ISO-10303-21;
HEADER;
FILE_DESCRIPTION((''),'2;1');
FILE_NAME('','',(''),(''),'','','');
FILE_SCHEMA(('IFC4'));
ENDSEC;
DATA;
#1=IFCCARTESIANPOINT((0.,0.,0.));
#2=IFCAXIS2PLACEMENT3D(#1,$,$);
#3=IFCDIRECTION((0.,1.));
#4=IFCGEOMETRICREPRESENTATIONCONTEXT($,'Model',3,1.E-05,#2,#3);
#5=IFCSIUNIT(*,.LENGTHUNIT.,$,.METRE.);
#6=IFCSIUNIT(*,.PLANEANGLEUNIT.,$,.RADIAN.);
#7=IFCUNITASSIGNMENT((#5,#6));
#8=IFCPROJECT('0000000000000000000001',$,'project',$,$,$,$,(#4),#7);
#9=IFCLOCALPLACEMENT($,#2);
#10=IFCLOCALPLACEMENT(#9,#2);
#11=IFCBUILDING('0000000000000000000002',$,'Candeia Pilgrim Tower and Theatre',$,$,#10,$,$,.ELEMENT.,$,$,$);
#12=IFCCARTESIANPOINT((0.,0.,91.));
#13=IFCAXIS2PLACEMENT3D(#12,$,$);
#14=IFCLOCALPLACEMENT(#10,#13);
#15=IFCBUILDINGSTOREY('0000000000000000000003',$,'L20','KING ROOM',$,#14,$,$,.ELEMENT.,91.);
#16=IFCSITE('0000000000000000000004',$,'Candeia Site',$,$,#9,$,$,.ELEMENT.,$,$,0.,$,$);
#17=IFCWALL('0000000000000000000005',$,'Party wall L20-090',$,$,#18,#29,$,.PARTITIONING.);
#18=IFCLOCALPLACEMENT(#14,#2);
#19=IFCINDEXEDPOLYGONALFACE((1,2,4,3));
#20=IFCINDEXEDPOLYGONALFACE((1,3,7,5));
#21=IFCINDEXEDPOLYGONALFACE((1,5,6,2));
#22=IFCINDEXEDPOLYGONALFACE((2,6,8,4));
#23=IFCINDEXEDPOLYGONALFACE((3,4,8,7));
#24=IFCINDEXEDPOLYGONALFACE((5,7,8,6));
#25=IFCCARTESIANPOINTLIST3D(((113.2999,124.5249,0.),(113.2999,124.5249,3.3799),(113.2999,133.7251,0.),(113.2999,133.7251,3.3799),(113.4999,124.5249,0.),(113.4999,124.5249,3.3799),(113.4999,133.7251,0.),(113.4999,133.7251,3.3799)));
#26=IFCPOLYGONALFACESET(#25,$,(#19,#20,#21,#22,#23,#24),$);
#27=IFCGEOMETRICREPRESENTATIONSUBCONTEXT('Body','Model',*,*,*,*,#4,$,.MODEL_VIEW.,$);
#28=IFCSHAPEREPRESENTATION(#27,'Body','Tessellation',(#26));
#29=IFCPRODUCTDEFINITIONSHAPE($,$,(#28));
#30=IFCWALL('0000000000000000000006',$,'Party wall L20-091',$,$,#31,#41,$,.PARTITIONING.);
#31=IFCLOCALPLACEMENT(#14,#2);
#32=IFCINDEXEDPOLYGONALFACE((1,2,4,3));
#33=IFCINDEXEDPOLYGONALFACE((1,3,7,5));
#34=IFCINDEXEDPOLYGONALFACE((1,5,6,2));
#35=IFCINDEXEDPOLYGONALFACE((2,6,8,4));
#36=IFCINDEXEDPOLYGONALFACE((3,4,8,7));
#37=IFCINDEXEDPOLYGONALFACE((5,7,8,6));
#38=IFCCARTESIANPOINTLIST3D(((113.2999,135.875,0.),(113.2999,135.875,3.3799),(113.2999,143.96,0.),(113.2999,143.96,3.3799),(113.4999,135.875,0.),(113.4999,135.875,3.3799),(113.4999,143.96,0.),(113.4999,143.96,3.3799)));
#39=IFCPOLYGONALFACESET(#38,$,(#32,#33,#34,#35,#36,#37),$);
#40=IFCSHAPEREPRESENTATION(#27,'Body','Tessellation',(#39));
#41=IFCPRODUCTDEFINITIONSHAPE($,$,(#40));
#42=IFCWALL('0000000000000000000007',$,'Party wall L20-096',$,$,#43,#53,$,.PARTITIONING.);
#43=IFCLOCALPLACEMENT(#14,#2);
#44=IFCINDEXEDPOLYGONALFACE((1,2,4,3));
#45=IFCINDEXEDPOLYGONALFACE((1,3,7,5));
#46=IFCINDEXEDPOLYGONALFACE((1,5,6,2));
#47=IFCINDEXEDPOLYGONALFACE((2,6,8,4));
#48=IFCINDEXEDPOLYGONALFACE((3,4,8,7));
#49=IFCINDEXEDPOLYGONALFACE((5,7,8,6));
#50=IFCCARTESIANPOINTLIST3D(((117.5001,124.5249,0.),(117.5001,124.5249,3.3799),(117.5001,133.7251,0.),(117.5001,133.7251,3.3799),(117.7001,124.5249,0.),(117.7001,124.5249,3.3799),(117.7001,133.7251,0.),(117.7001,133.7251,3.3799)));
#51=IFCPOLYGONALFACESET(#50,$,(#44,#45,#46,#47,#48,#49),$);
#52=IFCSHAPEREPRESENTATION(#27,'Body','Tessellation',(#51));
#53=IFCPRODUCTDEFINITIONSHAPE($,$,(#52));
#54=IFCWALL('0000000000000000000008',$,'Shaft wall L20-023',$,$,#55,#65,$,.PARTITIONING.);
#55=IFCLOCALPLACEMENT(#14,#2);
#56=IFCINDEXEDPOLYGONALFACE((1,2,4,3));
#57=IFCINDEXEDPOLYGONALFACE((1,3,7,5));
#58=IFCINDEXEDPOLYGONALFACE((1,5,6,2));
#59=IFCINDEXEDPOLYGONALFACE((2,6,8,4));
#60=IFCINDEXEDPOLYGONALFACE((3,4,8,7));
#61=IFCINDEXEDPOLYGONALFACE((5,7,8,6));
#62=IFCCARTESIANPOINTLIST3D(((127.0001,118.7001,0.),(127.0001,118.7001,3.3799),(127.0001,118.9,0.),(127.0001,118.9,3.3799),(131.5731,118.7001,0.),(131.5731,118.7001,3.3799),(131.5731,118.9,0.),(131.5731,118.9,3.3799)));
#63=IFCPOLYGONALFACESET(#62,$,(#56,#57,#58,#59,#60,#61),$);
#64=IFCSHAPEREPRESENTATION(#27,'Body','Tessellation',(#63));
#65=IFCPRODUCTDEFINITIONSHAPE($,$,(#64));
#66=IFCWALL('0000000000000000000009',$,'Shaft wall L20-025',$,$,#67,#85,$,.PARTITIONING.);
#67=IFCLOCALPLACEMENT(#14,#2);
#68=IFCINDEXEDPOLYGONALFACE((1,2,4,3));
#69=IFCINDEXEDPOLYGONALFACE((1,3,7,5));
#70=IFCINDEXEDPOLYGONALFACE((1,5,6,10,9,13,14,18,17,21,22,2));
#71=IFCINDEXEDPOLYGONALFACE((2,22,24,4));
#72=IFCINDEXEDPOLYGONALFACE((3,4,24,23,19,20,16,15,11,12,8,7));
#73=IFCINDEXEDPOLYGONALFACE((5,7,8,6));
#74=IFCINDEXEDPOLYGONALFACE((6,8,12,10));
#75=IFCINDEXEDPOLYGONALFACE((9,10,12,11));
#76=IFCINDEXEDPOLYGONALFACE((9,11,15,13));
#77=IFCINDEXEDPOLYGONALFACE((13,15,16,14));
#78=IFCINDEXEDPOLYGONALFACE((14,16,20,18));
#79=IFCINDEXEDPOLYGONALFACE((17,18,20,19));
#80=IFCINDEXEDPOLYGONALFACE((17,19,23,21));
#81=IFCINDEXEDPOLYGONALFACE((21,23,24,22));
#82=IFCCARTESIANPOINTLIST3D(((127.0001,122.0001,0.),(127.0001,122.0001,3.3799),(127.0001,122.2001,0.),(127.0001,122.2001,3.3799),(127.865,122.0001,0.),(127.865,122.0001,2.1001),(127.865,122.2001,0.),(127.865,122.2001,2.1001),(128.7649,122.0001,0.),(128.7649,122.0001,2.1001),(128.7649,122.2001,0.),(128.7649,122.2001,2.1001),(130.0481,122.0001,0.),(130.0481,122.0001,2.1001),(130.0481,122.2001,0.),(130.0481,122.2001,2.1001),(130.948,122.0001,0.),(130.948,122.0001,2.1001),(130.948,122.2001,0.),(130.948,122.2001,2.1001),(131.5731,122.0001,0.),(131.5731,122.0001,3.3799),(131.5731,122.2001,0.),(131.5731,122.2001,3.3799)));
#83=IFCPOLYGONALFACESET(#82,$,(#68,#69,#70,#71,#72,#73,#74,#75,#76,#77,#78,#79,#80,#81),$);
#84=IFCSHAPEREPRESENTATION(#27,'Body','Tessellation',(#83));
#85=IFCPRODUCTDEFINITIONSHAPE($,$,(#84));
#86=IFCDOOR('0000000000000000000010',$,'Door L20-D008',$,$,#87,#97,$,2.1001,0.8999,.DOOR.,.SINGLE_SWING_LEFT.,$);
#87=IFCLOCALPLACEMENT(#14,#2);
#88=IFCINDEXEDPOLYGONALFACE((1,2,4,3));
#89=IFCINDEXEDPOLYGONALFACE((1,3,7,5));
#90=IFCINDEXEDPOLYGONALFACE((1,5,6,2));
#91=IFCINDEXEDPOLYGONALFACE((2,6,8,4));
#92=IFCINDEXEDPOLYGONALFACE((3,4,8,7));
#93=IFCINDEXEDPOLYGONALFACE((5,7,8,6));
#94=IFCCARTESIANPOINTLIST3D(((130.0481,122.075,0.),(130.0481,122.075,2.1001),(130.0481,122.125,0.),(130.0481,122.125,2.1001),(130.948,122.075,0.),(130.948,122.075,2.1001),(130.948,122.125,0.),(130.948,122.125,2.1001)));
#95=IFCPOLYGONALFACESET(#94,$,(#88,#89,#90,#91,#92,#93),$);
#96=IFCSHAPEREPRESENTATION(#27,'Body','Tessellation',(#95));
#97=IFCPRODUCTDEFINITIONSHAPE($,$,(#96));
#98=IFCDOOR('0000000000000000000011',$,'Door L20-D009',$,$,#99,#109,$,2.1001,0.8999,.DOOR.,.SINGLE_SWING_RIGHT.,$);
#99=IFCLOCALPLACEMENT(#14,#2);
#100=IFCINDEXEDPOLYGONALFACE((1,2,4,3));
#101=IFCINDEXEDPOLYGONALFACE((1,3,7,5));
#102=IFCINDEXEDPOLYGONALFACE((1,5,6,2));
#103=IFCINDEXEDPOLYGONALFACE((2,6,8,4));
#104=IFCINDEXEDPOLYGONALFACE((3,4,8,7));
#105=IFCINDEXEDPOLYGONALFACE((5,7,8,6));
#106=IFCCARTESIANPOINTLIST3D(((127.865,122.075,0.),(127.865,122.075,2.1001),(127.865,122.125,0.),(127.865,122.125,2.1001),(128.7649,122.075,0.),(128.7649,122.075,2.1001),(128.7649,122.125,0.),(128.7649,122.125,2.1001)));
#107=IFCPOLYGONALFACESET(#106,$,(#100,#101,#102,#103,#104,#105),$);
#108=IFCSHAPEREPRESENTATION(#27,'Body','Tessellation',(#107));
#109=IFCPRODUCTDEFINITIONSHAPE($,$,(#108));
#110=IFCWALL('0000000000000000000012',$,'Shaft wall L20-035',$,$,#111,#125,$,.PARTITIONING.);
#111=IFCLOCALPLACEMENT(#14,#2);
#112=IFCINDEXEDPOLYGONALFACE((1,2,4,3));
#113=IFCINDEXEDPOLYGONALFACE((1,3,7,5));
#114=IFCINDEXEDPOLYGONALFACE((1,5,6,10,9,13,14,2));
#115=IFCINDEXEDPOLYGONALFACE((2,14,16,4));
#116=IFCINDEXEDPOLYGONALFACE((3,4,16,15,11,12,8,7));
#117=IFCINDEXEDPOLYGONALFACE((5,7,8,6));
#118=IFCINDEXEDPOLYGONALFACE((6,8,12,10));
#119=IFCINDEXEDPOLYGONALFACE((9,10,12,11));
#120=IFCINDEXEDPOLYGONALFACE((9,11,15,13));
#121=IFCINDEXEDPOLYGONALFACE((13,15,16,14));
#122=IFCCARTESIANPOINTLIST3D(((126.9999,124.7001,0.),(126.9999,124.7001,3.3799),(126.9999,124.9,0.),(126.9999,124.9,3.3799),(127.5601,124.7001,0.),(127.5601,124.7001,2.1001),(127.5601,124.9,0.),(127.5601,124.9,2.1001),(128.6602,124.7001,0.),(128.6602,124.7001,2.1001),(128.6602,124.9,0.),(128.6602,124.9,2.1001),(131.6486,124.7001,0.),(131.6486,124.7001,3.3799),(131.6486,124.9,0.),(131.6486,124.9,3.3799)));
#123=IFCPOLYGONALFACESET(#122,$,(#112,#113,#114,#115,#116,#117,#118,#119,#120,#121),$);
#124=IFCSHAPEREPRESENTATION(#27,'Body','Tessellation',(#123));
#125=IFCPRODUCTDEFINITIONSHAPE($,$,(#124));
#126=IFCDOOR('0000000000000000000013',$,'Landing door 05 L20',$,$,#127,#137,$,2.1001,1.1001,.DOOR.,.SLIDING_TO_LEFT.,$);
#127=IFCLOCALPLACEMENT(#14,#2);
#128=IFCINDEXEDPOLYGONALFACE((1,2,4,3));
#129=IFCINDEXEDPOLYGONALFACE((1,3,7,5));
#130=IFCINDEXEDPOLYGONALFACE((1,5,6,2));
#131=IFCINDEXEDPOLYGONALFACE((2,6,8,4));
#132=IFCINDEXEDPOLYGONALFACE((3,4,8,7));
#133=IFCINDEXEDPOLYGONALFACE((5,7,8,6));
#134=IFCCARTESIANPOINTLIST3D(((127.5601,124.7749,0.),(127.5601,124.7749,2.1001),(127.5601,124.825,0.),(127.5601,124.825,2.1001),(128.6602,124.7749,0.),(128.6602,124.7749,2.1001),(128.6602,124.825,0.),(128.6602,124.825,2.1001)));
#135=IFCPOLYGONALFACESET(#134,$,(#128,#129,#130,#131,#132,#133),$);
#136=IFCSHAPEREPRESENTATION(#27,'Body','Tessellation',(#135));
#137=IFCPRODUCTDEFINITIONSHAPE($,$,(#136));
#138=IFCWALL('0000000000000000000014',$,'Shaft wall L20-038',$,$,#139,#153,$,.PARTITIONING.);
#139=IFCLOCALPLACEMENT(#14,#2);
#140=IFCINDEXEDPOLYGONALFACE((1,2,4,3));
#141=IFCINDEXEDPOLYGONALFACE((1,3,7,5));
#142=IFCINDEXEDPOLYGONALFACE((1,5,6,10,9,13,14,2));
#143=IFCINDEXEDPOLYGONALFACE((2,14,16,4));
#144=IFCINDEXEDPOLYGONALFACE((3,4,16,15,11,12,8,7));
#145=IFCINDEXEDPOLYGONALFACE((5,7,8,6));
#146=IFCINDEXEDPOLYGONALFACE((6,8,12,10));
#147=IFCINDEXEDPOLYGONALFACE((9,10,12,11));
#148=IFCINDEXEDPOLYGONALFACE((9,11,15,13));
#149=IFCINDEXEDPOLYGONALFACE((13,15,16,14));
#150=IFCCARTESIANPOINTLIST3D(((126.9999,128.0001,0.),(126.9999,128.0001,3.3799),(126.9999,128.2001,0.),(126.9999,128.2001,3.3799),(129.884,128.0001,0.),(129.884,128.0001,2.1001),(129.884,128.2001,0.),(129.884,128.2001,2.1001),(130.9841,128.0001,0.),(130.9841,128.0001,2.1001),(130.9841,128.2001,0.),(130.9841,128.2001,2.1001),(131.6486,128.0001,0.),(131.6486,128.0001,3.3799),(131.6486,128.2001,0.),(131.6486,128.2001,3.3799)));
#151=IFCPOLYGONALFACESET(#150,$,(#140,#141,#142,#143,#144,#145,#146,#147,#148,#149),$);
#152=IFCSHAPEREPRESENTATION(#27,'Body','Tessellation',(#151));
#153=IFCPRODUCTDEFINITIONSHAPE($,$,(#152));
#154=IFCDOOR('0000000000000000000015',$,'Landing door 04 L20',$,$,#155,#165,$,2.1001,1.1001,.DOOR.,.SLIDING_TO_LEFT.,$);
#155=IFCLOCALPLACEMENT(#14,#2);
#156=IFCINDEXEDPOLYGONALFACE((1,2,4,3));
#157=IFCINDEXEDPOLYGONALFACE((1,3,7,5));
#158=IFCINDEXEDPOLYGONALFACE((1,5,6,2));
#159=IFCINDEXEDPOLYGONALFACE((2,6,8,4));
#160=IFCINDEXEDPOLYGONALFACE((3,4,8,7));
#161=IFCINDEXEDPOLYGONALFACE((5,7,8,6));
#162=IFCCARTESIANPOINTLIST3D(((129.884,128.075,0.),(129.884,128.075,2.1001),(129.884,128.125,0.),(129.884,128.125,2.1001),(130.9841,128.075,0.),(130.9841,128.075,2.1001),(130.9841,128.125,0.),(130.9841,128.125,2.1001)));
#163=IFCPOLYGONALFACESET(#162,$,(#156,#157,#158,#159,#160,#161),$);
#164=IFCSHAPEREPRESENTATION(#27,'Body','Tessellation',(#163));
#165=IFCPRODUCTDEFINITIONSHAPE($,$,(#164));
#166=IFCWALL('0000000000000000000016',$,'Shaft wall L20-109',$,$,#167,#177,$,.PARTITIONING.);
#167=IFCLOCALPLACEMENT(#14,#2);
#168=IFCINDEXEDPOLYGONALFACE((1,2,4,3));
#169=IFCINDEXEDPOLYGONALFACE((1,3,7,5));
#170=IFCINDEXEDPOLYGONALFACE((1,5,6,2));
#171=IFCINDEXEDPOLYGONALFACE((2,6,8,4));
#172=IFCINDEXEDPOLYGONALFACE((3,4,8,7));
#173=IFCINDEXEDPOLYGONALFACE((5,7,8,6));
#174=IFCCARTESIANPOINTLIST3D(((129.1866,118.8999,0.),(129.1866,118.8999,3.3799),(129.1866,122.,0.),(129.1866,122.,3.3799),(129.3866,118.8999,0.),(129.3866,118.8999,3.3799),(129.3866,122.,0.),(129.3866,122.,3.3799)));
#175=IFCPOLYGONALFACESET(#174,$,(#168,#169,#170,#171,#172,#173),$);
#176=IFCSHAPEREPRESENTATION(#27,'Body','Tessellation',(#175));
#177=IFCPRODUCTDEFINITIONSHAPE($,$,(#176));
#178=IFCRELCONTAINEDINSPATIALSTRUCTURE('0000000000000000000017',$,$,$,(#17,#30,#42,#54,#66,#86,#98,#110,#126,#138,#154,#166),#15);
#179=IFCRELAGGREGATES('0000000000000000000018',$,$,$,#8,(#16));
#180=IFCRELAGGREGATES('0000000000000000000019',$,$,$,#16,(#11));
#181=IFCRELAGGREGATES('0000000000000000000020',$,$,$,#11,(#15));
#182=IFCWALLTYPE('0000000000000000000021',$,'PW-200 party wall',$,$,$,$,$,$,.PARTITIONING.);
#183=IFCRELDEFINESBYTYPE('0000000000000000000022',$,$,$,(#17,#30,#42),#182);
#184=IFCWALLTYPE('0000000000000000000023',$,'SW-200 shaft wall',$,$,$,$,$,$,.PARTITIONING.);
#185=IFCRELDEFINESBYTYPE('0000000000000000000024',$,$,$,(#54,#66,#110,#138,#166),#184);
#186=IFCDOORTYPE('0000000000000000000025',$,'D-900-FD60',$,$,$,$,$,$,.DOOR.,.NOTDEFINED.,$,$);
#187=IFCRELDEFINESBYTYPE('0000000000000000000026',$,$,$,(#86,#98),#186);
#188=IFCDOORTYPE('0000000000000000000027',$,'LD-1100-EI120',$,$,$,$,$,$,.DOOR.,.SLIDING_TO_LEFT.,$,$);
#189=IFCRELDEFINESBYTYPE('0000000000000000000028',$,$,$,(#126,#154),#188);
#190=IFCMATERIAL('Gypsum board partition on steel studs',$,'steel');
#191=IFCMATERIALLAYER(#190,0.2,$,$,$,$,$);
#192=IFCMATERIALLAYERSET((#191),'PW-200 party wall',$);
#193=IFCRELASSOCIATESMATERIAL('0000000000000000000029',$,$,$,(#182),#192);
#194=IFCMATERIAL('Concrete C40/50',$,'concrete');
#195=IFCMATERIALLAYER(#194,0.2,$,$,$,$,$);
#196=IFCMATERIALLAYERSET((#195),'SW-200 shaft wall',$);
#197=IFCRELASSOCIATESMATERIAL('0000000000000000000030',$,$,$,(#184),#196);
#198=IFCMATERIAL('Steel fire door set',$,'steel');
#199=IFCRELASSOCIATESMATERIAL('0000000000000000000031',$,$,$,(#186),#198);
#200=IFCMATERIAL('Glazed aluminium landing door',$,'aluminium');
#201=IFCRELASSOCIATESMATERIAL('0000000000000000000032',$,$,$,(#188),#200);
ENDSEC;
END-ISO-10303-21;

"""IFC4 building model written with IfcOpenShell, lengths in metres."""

from ifc_helpers import new_model, si_unit, direction, frame, frame_2d, origin, place, context, subcontext, project, spatial, rectangle, extrude, material, layer, layer_set, type_object, element, fill, save


model = new_model("IFC4")

# Units and contexts
model_context = context("Model", 3, precision=1e-05, world=origin(), true_north=direction((0.0, 1.0)))
body_context = subcontext(model_context, "Body", "Model", "MODEL_VIEW")
ifc_project = project(units=[si_unit("LENGTHUNIT", "METRE"), si_unit("PLANEANGLEUNIT", "RADIAN")], contexts=[model_context])

# Site, building, storey
site_placement = place(None, origin())
site = spatial("IfcSite", under=ifc_project, at=site_placement, Name="Candeia Site", CompositionType="ELEMENT", RefElevation=0.0)
building_placement = place(site_placement, origin())
building = spatial("IfcBuilding", under=site, at=building_placement, Name="Candeia Pilgrim Tower and Theatre", CompositionType="ELEMENT")
storey_placement = place(building_placement, frame((0.0, 0.0, 91.0)))
storey = spatial("IfcBuildingStorey", under=building, at=storey_placement, Name="L20", Description="KING ROOM", CompositionType="ELEMENT", Elevation=91.0)

# Shared definitions
ifc_material_1 = material(Name="Steel fire door set", Category="steel")

# Shared definitions
ifc_material_2 = material(Name="Gypsum board partition on steel studs", Category="steel")

# Walls
ifc_layer_1 = layer(ifc_material_2, 0.2)
ifc_layer_set_1 = layer_set([ifc_layer_1], Name="PW-200 party wall")
wall_type_1 = type_object("IfcWallType", Name="PW-200 party wall", PredefinedType="PARTITIONING", material=ifc_layer_set_1)
wall_1_placement = place(storey_placement, frame((113.3999, 124.5249, 0.0), z_axis=(0.0, 0.0, 1.0), x_axis=(0.0, 1.0, 0.0)))
element("IfcWall", 1, at=wall_1_placement, inside=storey, type_object=wall_type_1, Name="Party wall L20-090", PredefinedType="PARTITIONING", context=body_context, shape_type="SweptSolid", body=[
    extrude(rectangle(XDim=9.2002, YDim=0.2, at=frame_2d((4.6001, 0.0))), origin(), (0.0, 0.0, 1.0), 3.3799),
])
wall_2_placement = place(storey_placement, frame((113.3999, 135.875, 0.0), z_axis=(0.0, 0.0, 1.0), x_axis=(0.0, 1.0, 0.0)))
element("IfcWall", 2, at=wall_2_placement, inside=storey, type_object=wall_type_1, Name="Party wall L20-091", PredefinedType="PARTITIONING", context=body_context, shape_type="SweptSolid", body=[
    extrude(rectangle(XDim=8.085, YDim=0.2, at=frame_2d((4.0425, 0.0))), origin(), (0.0, 0.0, 1.0), 3.3799),
])
wall_3_placement = place(storey_placement, frame((117.6001, 124.5249, 0.0), z_axis=(0.0, 0.0, 1.0), x_axis=(0.0, 1.0, 0.0)))
element("IfcWall", 3, at=wall_3_placement, inside=storey, type_object=wall_type_1, Name="Party wall L20-096", PredefinedType="PARTITIONING", context=body_context, shape_type="SweptSolid", body=[
    extrude(rectangle(XDim=9.2002, YDim=0.2, at=frame_2d((4.6001, 0.0))), origin(), (0.0, 0.0, 1.0), 3.3799),
])
ifc_material_3 = material(Name="Concrete C40/50", Category="concrete")
ifc_layer_2 = layer(ifc_material_3, 0.2)
ifc_layer_set_2 = layer_set([ifc_layer_2], Name="SW-200 shaft wall")
wall_type_2 = type_object("IfcWallType", Name="SW-200 shaft wall", PredefinedType="PARTITIONING", material=ifc_layer_set_2)
wall_4_placement = place(storey_placement, frame((127.0, 118.8, 0.0), z_axis=(0.0, 0.0, 1.0), x_axis=(1.0, 0.0, 0.0)))
element("IfcWall", 4, at=wall_4_placement, inside=storey, type_object=wall_type_2, Name="Shaft wall L20-023", PredefinedType="PARTITIONING", context=body_context, shape_type="SweptSolid", body=[
    extrude(rectangle(XDim=4.573, YDim=0.2, at=frame_2d((2.2866, 0.0))), origin(), (0.0, 0.0, 1.0), 3.3799),
])

# Wall, openings, doors
wall_5_placement = place(storey_placement, frame((127.0, 122.1001, 0.0), z_axis=(0.0, 0.0, 1.0), x_axis=(1.0, 0.0, 0.0)))
wall_5 = element("IfcWall", 5, at=wall_5_placement, inside=storey, type_object=wall_type_2, Name="Shaft wall L20-025", PredefinedType="PARTITIONING", context=body_context, shape_type="SweptSolid", body=[
    extrude(rectangle(XDim=4.573, YDim=0.2, at=frame_2d((2.2866, 0.0))), origin(), (0.0, 0.0, 1.0), 3.3799),
])
opening_1_placement = place(wall_5_placement, frame((3.0481, 0.0, 0.0)))
opening_1 = element("IfcOpeningElement", 6, at=opening_1_placement, cuts=wall_5, PredefinedType="OPENING", context=body_context, shape_type="SweptSolid", body=[
    extrude(rectangle(XDim=0.8999, YDim=2.1001, at=frame_2d((0.45, 1.05))), frame((0.0, 0.1099, 0.0), z_axis=(0.0, -1.0, 0.0), x_axis=(1.0, 0.0, 0.0)), (0.0, 0.0, 1.0), 0.22),
])
opening_2_placement = place(wall_5_placement, frame((0.865, 0.0, 0.0)))
opening_2 = element("IfcOpeningElement", 7, at=opening_2_placement, cuts=wall_5, PredefinedType="OPENING", context=body_context, shape_type="SweptSolid", body=[
    extrude(rectangle(XDim=0.8999, YDim=2.1001, at=frame_2d((0.45, 1.05))), frame((0.0, 0.1099, 0.0), z_axis=(0.0, -1.0, 0.0), x_axis=(1.0, 0.0, 0.0)), (0.0, 0.0, 1.0), 0.22),
])
door_type_1 = type_object("IfcDoorType", Name="D-900-FD60", OperationType="NOTDEFINED", PredefinedType="DOOR", material=ifc_material_1)
door_1_placement = place(opening_1_placement, origin())
door_1 = element("IfcDoor", 8, at=door_1_placement, inside=storey, type_object=door_type_1, Name="Door L20-D008", OperationType="SINGLE_SWING_LEFT", OverallHeight=2.1001, OverallWidth=0.8999, PredefinedType="DOOR", context=body_context, shape_type="SweptSolid", body=[
    extrude(rectangle(XDim=0.8999, YDim=2.1001, at=frame_2d((0.45, 1.05))), frame((0.0, 0.0249, 0.0), z_axis=(0.0, -1.0, 0.0), x_axis=(1.0, 0.0, 0.0)), (0.0, 0.0, 1.0), 0.05),
])
fill(opening_1, door_1)
door_2_placement = place(opening_2_placement, origin())
door_2 = element("IfcDoor", 9, at=door_2_placement, inside=storey, type_object=door_type_1, Name="Door L20-D009", OperationType="SINGLE_SWING_RIGHT", OverallHeight=2.1001, OverallWidth=0.8999, PredefinedType="DOOR", context=body_context, shape_type="SweptSolid", body=[
    extrude(rectangle(XDim=0.8999, YDim=2.1001, at=frame_2d((0.45, 1.05))), frame((0.0, 0.0249, 0.0), z_axis=(0.0, -1.0, 0.0), x_axis=(1.0, 0.0, 0.0)), (0.0, 0.0, 1.0), 0.05),
])
fill(opening_2, door_2)

# Walls, openings, doors
wall_6_placement = place(storey_placement, frame((127.0, 124.8, 0.0), z_axis=(0.0, 0.0, 1.0), x_axis=(1.0, 0.0, 0.0)))
wall_6 = element("IfcWall", 10, at=wall_6_placement, inside=storey, type_object=wall_type_2, Name="Shaft wall L20-035", PredefinedType="PARTITIONING", context=body_context, shape_type="SweptSolid", body=[
    extrude(rectangle(XDim=4.6487, YDim=0.2, at=frame_2d((2.3242, 0.0))), origin(), (0.0, 0.0, 1.0), 3.3799),
])
opening_3_placement = place(wall_6_placement, frame((0.5601, 0.0, 0.0)))
opening_3 = element("IfcOpeningElement", 11, at=opening_3_placement, cuts=wall_6, PredefinedType="OPENING", context=body_context, shape_type="SweptSolid", body=[
    extrude(rectangle(XDim=1.1001, YDim=2.1001, at=frame_2d((0.55, 1.05))), frame((0.0, 0.1099, 0.0), z_axis=(0.0, -1.0, 0.0), x_axis=(1.0, 0.0, 0.0)), (0.0, 0.0, 1.0), 0.22),
])
ifc_material_4 = material(Name="Glazed aluminium landing door", Category="aluminium")
door_type_2 = type_object("IfcDoorType", Name="LD-1100-EI120", OperationType="SLIDING_TO_LEFT", PredefinedType="DOOR", material=ifc_material_4)
door_3_placement = place(opening_3_placement, origin())
door_3 = element("IfcDoor", 12, at=door_3_placement, inside=storey, type_object=door_type_2, Name="Landing door 05 L20", OperationType="SLIDING_TO_LEFT", OverallHeight=2.1001, OverallWidth=1.1001, PredefinedType="DOOR", context=body_context, shape_type="SweptSolid", body=[
    extrude(rectangle(XDim=1.1001, YDim=2.1001, at=frame_2d((0.55, 1.05))), frame((0.0, 0.0249, 0.0), z_axis=(0.0, -1.0, 0.0), x_axis=(1.0, 0.0, 0.0)), (0.0, 0.0, 1.0), 0.05),
])
fill(opening_3, door_3)
wall_7_placement = place(storey_placement, frame((127.0, 128.1001, 0.0), z_axis=(0.0, 0.0, 1.0), x_axis=(1.0, 0.0, 0.0)))
wall_7 = element("IfcWall", 13, at=wall_7_placement, inside=storey, type_object=wall_type_2, Name="Shaft wall L20-038", PredefinedType="PARTITIONING", context=body_context, shape_type="SweptSolid", body=[
    extrude(rectangle(XDim=4.6487, YDim=0.2, at=frame_2d((2.3242, 0.0))), origin(), (0.0, 0.0, 1.0), 3.3799),
])
opening_4_placement = place(wall_7_placement, frame((2.884, 0.0, 0.0)))
opening_4 = element("IfcOpeningElement", 14, at=opening_4_placement, cuts=wall_7, PredefinedType="OPENING", context=body_context, shape_type="SweptSolid", body=[
    extrude(rectangle(XDim=1.1001, YDim=2.1001, at=frame_2d((0.55, 1.05))), frame((0.0, 0.1099, 0.0), z_axis=(0.0, -1.0, 0.0), x_axis=(1.0, 0.0, 0.0)), (0.0, 0.0, 1.0), 0.22),
])
door_4_placement = place(opening_4_placement, origin())
door_4 = element("IfcDoor", 15, at=door_4_placement, inside=storey, type_object=door_type_2, Name="Landing door 04 L20", OperationType="SLIDING_TO_LEFT", OverallHeight=2.1001, OverallWidth=1.1001, PredefinedType="DOOR", context=body_context, shape_type="SweptSolid", body=[
    extrude(rectangle(XDim=1.1001, YDim=2.1001, at=frame_2d((0.55, 1.05))), frame((0.0, 0.0249, 0.0), z_axis=(0.0, -1.0, 0.0), x_axis=(1.0, 0.0, 0.0)), (0.0, 0.0, 1.0), 0.05),
])
fill(opening_4, door_4)

# Wall
for number, where, z_axis, x_axis, name in (
    (16, (129.2866, 118.8999, 0.0), (0.0, 0.0, 1.0), (0.0, 1.0, 0.0), "Shaft wall L20-109"),
):
    element("IfcWall", number, at=place(storey_placement, frame(where, z_axis=z_axis, x_axis=x_axis)), inside=storey, type_object=wall_type_2, Name=name, PredefinedType="PARTITIONING", context=body_context, shape_type="SweptSolid", body=[
        extrude(rectangle(XDim=3.1001, YDim=0.2, at=frame_2d((1.55, 0.0))), origin(), (0.0, 0.0, 1.0), 3.3799),
    ])

save(model, "model.ifc")
